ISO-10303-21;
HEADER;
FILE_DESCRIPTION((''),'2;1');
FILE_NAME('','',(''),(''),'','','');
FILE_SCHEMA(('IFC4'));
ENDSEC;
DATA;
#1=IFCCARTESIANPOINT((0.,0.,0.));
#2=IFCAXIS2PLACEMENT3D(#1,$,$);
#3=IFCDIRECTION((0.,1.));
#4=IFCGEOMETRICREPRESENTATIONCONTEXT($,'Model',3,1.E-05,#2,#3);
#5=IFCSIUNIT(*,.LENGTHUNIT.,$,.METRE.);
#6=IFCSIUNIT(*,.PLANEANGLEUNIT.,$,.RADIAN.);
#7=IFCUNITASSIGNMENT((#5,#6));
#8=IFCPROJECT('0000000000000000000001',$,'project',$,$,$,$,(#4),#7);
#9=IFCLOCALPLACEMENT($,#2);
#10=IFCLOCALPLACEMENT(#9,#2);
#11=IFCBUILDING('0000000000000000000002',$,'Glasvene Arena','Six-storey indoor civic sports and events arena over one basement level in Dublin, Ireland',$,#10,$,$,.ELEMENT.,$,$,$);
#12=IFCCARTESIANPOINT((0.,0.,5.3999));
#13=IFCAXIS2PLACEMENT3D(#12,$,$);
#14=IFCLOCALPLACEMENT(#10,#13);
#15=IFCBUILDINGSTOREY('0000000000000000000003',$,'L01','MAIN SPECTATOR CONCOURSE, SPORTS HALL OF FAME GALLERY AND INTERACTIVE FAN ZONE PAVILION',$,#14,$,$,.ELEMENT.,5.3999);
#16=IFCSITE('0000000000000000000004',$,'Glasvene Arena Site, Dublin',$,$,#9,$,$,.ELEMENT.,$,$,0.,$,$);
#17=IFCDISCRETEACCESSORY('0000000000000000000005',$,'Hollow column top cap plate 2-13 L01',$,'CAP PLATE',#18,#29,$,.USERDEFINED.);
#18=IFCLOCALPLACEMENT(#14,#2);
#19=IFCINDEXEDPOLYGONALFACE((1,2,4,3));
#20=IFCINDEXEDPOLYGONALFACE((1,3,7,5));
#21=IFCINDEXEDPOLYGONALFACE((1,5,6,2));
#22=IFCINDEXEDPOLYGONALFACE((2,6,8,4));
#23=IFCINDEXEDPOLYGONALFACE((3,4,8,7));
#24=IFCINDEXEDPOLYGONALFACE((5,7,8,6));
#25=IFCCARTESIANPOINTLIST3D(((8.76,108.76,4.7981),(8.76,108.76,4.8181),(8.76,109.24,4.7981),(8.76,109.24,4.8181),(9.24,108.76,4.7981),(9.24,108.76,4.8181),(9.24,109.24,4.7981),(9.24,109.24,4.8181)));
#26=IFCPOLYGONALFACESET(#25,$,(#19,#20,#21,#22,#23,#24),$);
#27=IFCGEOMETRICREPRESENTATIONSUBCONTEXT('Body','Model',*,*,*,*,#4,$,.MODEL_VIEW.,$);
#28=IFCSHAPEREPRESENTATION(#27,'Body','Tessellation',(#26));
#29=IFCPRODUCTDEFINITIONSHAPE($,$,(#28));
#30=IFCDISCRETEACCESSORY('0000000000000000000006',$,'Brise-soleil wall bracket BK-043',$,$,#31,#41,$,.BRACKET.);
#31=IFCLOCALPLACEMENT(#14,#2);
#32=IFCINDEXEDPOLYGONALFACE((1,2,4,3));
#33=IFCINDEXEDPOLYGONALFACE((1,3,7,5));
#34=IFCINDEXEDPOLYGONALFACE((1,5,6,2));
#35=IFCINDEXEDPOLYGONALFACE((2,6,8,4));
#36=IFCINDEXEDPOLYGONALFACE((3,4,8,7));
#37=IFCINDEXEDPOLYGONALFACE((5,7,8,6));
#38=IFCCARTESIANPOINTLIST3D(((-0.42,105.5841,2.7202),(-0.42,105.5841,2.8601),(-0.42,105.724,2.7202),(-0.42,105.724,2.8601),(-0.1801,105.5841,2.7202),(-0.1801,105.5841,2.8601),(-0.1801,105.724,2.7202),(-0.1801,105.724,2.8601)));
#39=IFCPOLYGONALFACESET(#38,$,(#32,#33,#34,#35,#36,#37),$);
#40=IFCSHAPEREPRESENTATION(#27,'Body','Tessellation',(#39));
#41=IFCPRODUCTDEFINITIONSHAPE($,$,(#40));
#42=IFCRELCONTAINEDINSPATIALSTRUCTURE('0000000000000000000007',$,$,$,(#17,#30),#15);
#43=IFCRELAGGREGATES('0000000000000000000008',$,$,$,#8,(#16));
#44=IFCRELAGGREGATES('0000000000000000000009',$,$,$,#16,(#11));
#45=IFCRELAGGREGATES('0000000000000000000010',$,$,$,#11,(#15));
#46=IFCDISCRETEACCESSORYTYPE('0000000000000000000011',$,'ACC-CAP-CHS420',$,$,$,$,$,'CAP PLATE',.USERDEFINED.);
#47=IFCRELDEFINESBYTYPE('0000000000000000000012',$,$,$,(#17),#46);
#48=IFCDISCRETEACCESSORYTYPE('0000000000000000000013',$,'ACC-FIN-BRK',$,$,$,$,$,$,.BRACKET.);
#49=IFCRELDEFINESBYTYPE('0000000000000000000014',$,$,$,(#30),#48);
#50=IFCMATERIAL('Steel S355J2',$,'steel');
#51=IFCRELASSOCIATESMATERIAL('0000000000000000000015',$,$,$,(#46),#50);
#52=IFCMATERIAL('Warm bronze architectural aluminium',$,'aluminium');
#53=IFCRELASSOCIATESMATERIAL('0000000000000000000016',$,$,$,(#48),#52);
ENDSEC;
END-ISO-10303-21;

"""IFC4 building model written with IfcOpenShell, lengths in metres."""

from ifc_helpers import new_model, si_unit, direction, frame, origin, origin_2d, place, context, subcontext, project, spatial, rectangle, extrude, material, type_object, element, save


model = new_model("IFC4")

# Units and contexts
model_context = context("Model", 3, precision=1e-05, world=origin(), true_north=direction((0.0, 1.0)))
body_context = subcontext(model_context, "Body", "Model", "MODEL_VIEW")
ifc_project = project(units=[si_unit("LENGTHUNIT", "METRE"), si_unit("PLANEANGLEUNIT", "RADIAN")], contexts=[model_context])

# Site, building, storey
site_placement = place(None, origin())
site = spatial("IfcSite", under=ifc_project, at=site_placement, Name="Glasvene Arena Site, Dublin", CompositionType="ELEMENT", RefElevation=0.0)
building_placement = place(site_placement, origin())
building = spatial("IfcBuilding", under=site, at=building_placement, Name="Glasvene Arena", Description="Six-storey indoor civic sports and events arena over one basement level in Dublin, Ireland", CompositionType="ELEMENT")
storey_placement = place(building_placement, frame((0.0, 0.0, 5.3999)))
storey = spatial("IfcBuildingStorey", under=building, at=storey_placement, Name="L01", Description="MAIN SPECTATOR CONCOURSE, SPORTS HALL OF FAME GALLERY AND INTERACTIVE FAN ZONE PAVILION", CompositionType="ELEMENT", Elevation=5.3999)

# Shared definitions
ifc_material_1 = material(Name="Steel S355J2", Category="steel")

# Discrete accessories
discrete_accessory_type_1 = type_object("IfcDiscreteAccessoryType", Name="ACC-CAP-CHS420", ElementType="CAP PLATE", PredefinedType="USERDEFINED", material=ifc_material_1)
for number, where, z_axis, x_axis, name in (
    (1, (9.0, 109.0, 4.7981), (0.0, 0.0, 1.0), (1.0, 0.0, 0.0), "Hollow column top cap plate 2-13 L01"),
):
    element("IfcDiscreteAccessory", number, at=place(storey_placement, frame(where, z_axis=z_axis, x_axis=x_axis)), inside=storey, type_object=discrete_accessory_type_1, Name=name, ObjectType="CAP PLATE", PredefinedType="USERDEFINED", context=body_context, shape_type="SweptSolid", body=[
        extrude(rectangle(XDim=0.48, YDim=0.48, at=origin_2d()), origin(), (0.0, 0.0, 1.0), 0.02),
    ])
ifc_material_2 = material(Name="Warm bronze architectural aluminium", Category="aluminium")
discrete_accessory_type_2 = type_object("IfcDiscreteAccessoryType", Name="ACC-FIN-BRK", PredefinedType="BRACKET", material=ifc_material_2)
discrete_accessory_1_placement = place(storey_placement, frame((-0.3, 105.6541, 2.7202), z_axis=(0.0, 0.0, 1.0), x_axis=(0.0, 1.0, 0.0)))
element("IfcDiscreteAccessory", 2, at=discrete_accessory_1_placement, inside=storey, type_object=discrete_accessory_type_2, Name="Brise-soleil wall bracket BK-043", PredefinedType="BRACKET", context=body_context, shape_type="SweptSolid", body=[
    extrude(rectangle(XDim=0.1399, YDim=0.24, at=origin_2d()), origin(), (0.0, 0.0, 1.0), 0.1399),
])

save(model, "model.ifc")
